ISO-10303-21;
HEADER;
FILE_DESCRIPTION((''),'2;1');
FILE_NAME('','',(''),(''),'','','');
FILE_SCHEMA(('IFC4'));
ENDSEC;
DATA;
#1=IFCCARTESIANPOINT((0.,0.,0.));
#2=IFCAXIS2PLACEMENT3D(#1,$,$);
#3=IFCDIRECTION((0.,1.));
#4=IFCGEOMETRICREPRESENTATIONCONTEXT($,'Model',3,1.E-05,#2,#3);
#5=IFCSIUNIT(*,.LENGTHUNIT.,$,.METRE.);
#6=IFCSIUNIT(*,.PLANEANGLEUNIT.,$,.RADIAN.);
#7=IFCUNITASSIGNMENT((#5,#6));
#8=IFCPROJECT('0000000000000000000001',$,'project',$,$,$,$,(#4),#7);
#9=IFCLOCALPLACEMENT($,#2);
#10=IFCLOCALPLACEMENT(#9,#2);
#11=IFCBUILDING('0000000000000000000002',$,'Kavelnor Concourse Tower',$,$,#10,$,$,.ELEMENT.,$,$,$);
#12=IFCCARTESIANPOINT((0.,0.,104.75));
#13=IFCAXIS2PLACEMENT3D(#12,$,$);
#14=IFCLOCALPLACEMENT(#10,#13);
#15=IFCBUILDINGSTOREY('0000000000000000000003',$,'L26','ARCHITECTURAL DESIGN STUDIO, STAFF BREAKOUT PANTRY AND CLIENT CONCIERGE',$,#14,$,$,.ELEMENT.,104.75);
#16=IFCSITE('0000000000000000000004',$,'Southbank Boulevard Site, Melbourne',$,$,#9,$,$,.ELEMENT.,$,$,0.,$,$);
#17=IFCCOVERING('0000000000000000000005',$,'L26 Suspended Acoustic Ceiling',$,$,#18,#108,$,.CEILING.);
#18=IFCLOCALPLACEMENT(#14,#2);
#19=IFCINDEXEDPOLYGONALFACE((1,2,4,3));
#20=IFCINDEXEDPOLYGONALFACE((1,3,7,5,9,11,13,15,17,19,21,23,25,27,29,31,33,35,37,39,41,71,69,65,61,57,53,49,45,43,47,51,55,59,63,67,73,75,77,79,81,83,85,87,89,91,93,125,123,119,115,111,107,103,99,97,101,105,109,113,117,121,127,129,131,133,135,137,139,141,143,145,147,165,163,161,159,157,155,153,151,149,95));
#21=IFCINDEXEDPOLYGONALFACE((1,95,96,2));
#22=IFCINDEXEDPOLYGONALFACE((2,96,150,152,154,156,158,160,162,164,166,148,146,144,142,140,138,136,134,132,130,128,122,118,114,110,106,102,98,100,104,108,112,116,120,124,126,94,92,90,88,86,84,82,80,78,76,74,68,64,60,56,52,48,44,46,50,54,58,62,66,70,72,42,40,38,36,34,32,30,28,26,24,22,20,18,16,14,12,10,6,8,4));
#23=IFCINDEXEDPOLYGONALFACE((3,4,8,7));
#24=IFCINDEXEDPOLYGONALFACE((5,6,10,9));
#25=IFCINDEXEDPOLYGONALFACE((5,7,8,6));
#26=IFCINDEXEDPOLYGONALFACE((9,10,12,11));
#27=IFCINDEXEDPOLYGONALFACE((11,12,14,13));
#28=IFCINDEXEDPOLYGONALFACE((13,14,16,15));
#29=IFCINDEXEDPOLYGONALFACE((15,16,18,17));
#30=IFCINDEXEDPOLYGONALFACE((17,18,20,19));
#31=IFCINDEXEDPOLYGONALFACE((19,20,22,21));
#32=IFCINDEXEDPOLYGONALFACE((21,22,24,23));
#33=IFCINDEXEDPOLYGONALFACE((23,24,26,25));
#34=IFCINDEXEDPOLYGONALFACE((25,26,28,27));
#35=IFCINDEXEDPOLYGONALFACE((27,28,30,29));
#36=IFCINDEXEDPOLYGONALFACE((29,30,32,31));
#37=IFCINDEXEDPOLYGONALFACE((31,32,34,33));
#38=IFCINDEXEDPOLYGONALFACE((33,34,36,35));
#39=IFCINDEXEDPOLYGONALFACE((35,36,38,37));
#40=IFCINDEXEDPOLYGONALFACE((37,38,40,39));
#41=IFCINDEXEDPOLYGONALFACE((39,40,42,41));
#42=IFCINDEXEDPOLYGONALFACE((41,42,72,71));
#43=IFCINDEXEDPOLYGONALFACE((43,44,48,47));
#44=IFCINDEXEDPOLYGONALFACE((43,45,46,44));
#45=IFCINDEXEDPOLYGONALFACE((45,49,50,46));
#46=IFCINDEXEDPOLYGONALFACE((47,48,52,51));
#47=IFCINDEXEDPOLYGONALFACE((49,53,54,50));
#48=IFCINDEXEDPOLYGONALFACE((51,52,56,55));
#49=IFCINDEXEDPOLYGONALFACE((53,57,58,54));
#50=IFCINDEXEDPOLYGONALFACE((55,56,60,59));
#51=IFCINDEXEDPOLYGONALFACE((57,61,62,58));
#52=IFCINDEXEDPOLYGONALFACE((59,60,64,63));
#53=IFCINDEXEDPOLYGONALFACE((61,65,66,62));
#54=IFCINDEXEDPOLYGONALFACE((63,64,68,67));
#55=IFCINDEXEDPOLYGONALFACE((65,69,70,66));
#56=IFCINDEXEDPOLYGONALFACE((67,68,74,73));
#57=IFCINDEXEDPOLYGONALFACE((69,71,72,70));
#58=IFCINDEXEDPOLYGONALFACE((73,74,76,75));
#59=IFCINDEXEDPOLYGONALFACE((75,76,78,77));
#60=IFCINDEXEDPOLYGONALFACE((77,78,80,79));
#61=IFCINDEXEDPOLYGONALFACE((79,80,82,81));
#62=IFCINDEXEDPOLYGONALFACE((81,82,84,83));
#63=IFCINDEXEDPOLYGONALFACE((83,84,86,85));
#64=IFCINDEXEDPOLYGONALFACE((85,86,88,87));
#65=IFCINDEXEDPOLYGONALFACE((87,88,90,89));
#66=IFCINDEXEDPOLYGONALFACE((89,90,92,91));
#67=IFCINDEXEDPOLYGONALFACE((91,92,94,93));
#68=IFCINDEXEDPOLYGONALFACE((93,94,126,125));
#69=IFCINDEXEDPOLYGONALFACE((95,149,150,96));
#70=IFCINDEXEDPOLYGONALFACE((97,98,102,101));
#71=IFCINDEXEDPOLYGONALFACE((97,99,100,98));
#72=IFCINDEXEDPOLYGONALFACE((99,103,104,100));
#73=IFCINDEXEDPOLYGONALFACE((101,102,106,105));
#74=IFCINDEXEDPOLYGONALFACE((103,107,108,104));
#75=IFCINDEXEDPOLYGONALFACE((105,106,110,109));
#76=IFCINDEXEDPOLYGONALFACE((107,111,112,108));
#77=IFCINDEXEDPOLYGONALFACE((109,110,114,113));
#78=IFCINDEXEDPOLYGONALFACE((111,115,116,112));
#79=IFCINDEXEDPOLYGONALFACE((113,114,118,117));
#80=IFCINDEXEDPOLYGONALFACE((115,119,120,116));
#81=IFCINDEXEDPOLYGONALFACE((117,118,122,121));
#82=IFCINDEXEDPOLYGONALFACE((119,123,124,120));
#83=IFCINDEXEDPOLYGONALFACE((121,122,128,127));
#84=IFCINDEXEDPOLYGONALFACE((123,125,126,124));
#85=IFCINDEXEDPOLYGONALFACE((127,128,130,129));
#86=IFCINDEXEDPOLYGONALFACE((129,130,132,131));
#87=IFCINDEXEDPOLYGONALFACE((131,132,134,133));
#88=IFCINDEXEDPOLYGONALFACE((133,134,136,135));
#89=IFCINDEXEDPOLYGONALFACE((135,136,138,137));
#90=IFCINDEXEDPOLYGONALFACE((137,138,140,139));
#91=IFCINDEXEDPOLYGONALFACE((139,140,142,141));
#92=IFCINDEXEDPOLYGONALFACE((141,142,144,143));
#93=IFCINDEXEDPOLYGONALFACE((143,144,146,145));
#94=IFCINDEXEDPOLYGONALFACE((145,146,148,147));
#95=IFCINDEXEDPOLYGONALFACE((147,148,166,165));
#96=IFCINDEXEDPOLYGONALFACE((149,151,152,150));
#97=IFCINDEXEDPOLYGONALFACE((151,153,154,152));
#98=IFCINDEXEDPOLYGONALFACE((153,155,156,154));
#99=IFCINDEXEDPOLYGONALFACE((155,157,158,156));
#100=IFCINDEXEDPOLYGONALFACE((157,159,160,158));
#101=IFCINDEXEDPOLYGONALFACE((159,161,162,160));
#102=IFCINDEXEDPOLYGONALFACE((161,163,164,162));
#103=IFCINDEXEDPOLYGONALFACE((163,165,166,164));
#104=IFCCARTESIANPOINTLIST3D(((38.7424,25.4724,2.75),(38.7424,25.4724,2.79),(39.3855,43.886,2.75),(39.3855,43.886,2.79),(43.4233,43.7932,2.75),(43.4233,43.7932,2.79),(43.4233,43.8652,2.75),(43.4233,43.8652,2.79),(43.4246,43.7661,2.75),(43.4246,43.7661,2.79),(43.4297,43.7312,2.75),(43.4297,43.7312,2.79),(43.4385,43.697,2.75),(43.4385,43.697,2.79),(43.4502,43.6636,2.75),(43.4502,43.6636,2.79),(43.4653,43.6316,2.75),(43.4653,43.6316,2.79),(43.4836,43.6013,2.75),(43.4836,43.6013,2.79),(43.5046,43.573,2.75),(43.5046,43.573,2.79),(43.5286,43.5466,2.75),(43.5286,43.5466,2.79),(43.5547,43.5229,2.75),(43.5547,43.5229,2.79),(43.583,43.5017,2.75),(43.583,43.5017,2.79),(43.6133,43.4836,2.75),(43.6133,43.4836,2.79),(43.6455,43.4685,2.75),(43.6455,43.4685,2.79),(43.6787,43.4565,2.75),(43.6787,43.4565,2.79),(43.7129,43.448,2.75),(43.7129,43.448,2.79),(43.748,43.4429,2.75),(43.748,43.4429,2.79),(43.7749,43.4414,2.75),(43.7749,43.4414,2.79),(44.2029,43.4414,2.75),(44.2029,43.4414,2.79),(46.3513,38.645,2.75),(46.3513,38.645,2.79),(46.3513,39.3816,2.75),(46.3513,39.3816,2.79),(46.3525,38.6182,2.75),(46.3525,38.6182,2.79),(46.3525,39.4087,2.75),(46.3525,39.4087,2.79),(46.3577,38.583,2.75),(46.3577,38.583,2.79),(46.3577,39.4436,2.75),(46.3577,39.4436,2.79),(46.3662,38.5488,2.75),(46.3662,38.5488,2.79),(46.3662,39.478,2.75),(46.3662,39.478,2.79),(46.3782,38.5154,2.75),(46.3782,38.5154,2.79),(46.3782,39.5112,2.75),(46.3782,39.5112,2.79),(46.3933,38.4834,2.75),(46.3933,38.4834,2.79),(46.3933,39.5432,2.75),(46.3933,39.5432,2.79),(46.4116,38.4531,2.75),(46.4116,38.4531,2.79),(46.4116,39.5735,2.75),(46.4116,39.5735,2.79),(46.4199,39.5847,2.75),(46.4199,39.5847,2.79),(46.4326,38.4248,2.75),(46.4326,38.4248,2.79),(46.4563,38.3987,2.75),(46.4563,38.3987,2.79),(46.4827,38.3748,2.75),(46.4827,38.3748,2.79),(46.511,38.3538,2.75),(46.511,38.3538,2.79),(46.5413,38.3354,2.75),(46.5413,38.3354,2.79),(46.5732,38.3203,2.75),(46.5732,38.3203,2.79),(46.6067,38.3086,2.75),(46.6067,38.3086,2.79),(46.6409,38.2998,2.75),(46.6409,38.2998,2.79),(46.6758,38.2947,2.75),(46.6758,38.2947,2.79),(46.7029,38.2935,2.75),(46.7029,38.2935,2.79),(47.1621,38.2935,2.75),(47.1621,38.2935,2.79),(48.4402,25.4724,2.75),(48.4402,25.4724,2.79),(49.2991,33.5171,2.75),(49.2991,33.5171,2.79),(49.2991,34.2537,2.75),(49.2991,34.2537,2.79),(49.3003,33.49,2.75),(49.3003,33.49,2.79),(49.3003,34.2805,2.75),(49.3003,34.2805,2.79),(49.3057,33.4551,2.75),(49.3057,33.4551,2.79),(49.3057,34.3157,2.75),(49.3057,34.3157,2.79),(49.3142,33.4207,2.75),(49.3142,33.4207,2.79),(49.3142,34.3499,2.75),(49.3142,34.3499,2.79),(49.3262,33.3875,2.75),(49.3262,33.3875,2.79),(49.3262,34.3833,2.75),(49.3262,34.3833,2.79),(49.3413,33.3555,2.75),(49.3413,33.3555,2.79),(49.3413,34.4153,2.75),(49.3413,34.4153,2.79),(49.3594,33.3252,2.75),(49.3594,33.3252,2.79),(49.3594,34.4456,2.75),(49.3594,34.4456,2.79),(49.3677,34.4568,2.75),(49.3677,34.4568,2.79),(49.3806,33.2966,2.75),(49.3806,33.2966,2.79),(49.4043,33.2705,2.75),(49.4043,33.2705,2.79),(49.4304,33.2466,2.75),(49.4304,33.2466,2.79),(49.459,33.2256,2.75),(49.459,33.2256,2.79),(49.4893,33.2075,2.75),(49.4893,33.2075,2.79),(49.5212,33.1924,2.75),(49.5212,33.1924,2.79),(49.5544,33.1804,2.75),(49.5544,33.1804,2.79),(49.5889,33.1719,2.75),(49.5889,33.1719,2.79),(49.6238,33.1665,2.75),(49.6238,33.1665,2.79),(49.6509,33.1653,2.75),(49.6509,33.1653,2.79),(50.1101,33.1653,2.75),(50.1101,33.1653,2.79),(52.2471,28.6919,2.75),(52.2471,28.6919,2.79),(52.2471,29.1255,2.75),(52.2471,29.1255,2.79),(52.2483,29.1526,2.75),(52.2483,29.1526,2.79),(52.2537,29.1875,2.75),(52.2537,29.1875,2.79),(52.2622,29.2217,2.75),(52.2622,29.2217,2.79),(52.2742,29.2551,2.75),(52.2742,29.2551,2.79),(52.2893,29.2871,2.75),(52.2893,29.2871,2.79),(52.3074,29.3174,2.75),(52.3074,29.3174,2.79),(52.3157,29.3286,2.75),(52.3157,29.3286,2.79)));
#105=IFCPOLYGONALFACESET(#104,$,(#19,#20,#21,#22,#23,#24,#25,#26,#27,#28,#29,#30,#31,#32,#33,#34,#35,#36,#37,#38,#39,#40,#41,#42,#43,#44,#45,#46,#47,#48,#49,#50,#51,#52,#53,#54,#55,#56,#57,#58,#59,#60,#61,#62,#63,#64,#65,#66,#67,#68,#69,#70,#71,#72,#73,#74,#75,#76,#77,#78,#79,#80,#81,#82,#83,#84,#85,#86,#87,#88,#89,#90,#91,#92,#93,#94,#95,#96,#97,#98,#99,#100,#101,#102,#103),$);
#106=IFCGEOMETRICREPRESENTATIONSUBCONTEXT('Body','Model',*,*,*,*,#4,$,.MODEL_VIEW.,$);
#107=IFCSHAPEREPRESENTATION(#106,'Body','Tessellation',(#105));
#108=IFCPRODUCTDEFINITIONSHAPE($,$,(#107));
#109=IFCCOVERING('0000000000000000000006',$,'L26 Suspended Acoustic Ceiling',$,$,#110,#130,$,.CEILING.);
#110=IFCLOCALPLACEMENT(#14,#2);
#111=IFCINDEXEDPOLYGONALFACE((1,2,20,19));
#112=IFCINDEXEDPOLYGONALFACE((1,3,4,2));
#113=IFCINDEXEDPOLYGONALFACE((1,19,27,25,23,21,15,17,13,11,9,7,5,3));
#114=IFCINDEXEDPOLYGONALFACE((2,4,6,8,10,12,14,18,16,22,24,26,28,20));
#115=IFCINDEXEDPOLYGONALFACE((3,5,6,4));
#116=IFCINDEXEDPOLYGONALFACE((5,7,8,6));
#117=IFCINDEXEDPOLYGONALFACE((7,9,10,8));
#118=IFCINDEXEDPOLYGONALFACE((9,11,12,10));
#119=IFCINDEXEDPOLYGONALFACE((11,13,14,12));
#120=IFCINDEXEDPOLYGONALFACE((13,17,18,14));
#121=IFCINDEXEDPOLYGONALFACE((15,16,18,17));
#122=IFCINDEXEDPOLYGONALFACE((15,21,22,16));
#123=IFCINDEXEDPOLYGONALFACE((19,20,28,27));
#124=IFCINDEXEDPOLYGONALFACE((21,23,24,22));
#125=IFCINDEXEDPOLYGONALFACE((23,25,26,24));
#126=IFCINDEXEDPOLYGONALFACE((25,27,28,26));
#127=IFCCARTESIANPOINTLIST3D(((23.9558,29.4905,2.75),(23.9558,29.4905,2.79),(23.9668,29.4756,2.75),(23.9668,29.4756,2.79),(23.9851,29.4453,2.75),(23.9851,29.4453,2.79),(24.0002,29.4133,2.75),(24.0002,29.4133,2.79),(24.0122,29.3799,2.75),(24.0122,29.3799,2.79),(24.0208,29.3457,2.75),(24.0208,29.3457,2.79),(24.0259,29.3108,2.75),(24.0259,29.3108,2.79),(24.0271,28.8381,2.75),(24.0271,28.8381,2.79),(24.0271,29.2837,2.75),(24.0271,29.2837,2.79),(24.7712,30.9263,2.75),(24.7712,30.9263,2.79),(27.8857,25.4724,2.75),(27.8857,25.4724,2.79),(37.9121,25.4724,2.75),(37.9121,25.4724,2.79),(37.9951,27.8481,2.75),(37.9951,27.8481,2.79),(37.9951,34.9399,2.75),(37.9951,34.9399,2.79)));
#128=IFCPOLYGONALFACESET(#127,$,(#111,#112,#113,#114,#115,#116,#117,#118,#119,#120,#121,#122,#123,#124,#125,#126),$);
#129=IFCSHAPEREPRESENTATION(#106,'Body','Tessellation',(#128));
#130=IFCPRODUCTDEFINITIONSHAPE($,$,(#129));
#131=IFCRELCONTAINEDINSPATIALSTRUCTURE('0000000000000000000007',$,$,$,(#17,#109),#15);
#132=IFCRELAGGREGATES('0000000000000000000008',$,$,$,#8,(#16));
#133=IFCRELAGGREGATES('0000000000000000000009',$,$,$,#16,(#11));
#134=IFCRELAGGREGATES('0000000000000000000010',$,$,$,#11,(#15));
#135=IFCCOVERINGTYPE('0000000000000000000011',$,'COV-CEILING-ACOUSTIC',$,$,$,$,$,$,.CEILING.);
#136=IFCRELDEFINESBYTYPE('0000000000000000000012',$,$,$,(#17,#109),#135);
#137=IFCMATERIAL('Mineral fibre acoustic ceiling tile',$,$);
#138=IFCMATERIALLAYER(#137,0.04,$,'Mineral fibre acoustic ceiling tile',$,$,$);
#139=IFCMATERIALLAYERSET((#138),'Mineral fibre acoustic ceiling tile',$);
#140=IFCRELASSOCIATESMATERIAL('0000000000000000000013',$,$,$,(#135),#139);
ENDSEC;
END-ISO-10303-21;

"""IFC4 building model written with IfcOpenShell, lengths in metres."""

from ifc_helpers import new_model, si_unit, direction, frame, origin, place, context, subcontext, project, spatial, polyline, outline, extrude, material, layer, layer_set, type_object, element, save


model = new_model("IFC4")

# Units and contexts
model_context = context("Model", 3, precision=1e-05, world=origin(), true_north=direction((0.0, 1.0)))
body_context = subcontext(model_context, "Body", "Model", "MODEL_VIEW")
ifc_project = project(units=[si_unit("LENGTHUNIT", "METRE"), si_unit("PLANEANGLEUNIT", "RADIAN")], contexts=[model_context])

# Site, building, storey
site_placement = place(None, origin())
site = spatial("IfcSite", under=ifc_project, at=site_placement, Name="Southbank Boulevard Site, Melbourne", CompositionType="ELEMENT", RefElevation=0.0)
building_placement = place(site_placement, origin())
building = spatial("IfcBuilding", under=site, at=building_placement, Name="Kavelnor Concourse Tower", CompositionType="ELEMENT")
storey_placement = place(building_placement, frame((0.0, 0.0, 104.75)))
storey = spatial("IfcBuildingStorey", under=building, at=storey_placement, Name="L26", Description="ARCHITECTURAL DESIGN STUDIO, STAFF BREAKOUT PANTRY AND CLIENT CONCIERGE", CompositionType="ELEMENT", Elevation=104.75)

# Coverings
ifc_material_1 = material(Name="Mineral fibre acoustic ceiling tile")
ifc_layer_1 = layer(ifc_material_1, 0.04, Name="Mineral fibre acoustic ceiling tile")
ifc_layer_set_1 = layer_set([ifc_layer_1], Name="Mineral fibre acoustic ceiling tile")
covering_type_1 = type_object("IfcCoveringType", Name="COV-CEILING-ACOUSTIC", PredefinedType="CEILING", material=ifc_layer_set_1)
covering_1_placement = place(storey_placement, frame((0.0, 0.0, 2.75)))
element("IfcCovering", 1, at=covering_1_placement, inside=storey, type_object=covering_type_1, Name="L26 Suspended Acoustic Ceiling", PredefinedType="CEILING", context=body_context, shape_type="SweptSolid", body=[
    extrude(outline(polyline([(46.3782, 39.5112), (46.3662, 39.478), (46.3577, 39.4436), (46.3525, 39.4087), (46.3513, 39.3816), (46.3513, 38.645), (46.3525, 38.6182), (46.3577, 38.583), (46.3662, 38.5488), (46.3782, 38.5154), (46.3933, 38.4834), (46.4116, 38.4531), (46.4326, 38.4248), (46.4563, 38.3987), (46.4827, 38.3748), (46.511, 38.3538), (46.5413, 38.3354), (46.5732, 38.3203), (46.6067, 38.3086), (46.6409, 38.2998), (46.6758, 38.2947), (46.7029, 38.2935), (47.1621, 38.2935), (49.3677, 34.4568), (49.3594, 34.4456), (49.3413, 34.4153), (49.3262, 34.3833), (49.3142, 34.3499), (49.3057, 34.3157), (49.3003, 34.2805), (49.2991, 34.2537), (49.2991, 33.5171), (49.3003, 33.49), (49.3057, 33.4551), (49.3142, 33.4207), (49.3262, 33.3875), (49.3413, 33.3555), (49.3594, 33.3252), (49.3806, 33.2966), (49.4043, 33.2705), (49.4304, 33.2466), (49.459, 33.2256), (49.4893, 33.2075), (49.5212, 33.1924), (49.5544, 33.1804), (49.5889, 33.1719), (49.6238, 33.1665), (49.6509, 33.1653), (50.1101, 33.1653), (52.3157, 29.3286), (52.3074, 29.3174), (52.2893, 29.2871), (52.2742, 29.2551), (52.2622, 29.2217), (52.2537, 29.1875), (52.2483, 29.1526), (52.2471, 29.1255), (52.2471, 28.6919), (48.4402, 25.4724), (38.7424, 25.4724), (39.3855, 43.886), (43.4233, 43.8652), (43.4233, 43.7932), (43.4246, 43.7661), (43.4297, 43.7312), (43.4385, 43.697), (43.4502, 43.6636), (43.4653, 43.6316), (43.4836, 43.6013), (43.5046, 43.573), (43.5286, 43.5466), (43.5547, 43.5229), (43.583, 43.5017), (43.6133, 43.4836), (43.6455, 43.4685), (43.6787, 43.4565), (43.7129, 43.448), (43.748, 43.4429), (43.7749, 43.4414), (44.2029, 43.4414), (46.4199, 39.5847), (46.4116, 39.5735), (46.3933, 39.5432), (46.3782, 39.5112)])), origin(), (0.0, 0.0, 1.0), 0.04),
])
covering_2_placement = place(storey_placement, frame((0.0, 0.0, 2.75)))
element("IfcCovering", 2, at=covering_2_placement, inside=storey, type_object=covering_type_1, Name="L26 Suspended Acoustic Ceiling", PredefinedType="CEILING", context=body_context, shape_type="SweptSolid", body=[
    extrude(outline(polyline([(37.9951, 27.8481), (37.9121, 25.4724), (27.8857, 25.4724), (24.0271, 28.8381), (24.0271, 29.2837), (24.0259, 29.3108), (24.0208, 29.3457), (24.0122, 29.3799), (24.0002, 29.4133), (23.9851, 29.4453), (23.9668, 29.4756), (23.9558, 29.4905), (24.7712, 30.9263), (37.9951, 34.9399), (37.9951, 27.8481)])), origin(), (0.0, 0.0, 1.0), 0.04),
])

save(model, "model.ifc")
